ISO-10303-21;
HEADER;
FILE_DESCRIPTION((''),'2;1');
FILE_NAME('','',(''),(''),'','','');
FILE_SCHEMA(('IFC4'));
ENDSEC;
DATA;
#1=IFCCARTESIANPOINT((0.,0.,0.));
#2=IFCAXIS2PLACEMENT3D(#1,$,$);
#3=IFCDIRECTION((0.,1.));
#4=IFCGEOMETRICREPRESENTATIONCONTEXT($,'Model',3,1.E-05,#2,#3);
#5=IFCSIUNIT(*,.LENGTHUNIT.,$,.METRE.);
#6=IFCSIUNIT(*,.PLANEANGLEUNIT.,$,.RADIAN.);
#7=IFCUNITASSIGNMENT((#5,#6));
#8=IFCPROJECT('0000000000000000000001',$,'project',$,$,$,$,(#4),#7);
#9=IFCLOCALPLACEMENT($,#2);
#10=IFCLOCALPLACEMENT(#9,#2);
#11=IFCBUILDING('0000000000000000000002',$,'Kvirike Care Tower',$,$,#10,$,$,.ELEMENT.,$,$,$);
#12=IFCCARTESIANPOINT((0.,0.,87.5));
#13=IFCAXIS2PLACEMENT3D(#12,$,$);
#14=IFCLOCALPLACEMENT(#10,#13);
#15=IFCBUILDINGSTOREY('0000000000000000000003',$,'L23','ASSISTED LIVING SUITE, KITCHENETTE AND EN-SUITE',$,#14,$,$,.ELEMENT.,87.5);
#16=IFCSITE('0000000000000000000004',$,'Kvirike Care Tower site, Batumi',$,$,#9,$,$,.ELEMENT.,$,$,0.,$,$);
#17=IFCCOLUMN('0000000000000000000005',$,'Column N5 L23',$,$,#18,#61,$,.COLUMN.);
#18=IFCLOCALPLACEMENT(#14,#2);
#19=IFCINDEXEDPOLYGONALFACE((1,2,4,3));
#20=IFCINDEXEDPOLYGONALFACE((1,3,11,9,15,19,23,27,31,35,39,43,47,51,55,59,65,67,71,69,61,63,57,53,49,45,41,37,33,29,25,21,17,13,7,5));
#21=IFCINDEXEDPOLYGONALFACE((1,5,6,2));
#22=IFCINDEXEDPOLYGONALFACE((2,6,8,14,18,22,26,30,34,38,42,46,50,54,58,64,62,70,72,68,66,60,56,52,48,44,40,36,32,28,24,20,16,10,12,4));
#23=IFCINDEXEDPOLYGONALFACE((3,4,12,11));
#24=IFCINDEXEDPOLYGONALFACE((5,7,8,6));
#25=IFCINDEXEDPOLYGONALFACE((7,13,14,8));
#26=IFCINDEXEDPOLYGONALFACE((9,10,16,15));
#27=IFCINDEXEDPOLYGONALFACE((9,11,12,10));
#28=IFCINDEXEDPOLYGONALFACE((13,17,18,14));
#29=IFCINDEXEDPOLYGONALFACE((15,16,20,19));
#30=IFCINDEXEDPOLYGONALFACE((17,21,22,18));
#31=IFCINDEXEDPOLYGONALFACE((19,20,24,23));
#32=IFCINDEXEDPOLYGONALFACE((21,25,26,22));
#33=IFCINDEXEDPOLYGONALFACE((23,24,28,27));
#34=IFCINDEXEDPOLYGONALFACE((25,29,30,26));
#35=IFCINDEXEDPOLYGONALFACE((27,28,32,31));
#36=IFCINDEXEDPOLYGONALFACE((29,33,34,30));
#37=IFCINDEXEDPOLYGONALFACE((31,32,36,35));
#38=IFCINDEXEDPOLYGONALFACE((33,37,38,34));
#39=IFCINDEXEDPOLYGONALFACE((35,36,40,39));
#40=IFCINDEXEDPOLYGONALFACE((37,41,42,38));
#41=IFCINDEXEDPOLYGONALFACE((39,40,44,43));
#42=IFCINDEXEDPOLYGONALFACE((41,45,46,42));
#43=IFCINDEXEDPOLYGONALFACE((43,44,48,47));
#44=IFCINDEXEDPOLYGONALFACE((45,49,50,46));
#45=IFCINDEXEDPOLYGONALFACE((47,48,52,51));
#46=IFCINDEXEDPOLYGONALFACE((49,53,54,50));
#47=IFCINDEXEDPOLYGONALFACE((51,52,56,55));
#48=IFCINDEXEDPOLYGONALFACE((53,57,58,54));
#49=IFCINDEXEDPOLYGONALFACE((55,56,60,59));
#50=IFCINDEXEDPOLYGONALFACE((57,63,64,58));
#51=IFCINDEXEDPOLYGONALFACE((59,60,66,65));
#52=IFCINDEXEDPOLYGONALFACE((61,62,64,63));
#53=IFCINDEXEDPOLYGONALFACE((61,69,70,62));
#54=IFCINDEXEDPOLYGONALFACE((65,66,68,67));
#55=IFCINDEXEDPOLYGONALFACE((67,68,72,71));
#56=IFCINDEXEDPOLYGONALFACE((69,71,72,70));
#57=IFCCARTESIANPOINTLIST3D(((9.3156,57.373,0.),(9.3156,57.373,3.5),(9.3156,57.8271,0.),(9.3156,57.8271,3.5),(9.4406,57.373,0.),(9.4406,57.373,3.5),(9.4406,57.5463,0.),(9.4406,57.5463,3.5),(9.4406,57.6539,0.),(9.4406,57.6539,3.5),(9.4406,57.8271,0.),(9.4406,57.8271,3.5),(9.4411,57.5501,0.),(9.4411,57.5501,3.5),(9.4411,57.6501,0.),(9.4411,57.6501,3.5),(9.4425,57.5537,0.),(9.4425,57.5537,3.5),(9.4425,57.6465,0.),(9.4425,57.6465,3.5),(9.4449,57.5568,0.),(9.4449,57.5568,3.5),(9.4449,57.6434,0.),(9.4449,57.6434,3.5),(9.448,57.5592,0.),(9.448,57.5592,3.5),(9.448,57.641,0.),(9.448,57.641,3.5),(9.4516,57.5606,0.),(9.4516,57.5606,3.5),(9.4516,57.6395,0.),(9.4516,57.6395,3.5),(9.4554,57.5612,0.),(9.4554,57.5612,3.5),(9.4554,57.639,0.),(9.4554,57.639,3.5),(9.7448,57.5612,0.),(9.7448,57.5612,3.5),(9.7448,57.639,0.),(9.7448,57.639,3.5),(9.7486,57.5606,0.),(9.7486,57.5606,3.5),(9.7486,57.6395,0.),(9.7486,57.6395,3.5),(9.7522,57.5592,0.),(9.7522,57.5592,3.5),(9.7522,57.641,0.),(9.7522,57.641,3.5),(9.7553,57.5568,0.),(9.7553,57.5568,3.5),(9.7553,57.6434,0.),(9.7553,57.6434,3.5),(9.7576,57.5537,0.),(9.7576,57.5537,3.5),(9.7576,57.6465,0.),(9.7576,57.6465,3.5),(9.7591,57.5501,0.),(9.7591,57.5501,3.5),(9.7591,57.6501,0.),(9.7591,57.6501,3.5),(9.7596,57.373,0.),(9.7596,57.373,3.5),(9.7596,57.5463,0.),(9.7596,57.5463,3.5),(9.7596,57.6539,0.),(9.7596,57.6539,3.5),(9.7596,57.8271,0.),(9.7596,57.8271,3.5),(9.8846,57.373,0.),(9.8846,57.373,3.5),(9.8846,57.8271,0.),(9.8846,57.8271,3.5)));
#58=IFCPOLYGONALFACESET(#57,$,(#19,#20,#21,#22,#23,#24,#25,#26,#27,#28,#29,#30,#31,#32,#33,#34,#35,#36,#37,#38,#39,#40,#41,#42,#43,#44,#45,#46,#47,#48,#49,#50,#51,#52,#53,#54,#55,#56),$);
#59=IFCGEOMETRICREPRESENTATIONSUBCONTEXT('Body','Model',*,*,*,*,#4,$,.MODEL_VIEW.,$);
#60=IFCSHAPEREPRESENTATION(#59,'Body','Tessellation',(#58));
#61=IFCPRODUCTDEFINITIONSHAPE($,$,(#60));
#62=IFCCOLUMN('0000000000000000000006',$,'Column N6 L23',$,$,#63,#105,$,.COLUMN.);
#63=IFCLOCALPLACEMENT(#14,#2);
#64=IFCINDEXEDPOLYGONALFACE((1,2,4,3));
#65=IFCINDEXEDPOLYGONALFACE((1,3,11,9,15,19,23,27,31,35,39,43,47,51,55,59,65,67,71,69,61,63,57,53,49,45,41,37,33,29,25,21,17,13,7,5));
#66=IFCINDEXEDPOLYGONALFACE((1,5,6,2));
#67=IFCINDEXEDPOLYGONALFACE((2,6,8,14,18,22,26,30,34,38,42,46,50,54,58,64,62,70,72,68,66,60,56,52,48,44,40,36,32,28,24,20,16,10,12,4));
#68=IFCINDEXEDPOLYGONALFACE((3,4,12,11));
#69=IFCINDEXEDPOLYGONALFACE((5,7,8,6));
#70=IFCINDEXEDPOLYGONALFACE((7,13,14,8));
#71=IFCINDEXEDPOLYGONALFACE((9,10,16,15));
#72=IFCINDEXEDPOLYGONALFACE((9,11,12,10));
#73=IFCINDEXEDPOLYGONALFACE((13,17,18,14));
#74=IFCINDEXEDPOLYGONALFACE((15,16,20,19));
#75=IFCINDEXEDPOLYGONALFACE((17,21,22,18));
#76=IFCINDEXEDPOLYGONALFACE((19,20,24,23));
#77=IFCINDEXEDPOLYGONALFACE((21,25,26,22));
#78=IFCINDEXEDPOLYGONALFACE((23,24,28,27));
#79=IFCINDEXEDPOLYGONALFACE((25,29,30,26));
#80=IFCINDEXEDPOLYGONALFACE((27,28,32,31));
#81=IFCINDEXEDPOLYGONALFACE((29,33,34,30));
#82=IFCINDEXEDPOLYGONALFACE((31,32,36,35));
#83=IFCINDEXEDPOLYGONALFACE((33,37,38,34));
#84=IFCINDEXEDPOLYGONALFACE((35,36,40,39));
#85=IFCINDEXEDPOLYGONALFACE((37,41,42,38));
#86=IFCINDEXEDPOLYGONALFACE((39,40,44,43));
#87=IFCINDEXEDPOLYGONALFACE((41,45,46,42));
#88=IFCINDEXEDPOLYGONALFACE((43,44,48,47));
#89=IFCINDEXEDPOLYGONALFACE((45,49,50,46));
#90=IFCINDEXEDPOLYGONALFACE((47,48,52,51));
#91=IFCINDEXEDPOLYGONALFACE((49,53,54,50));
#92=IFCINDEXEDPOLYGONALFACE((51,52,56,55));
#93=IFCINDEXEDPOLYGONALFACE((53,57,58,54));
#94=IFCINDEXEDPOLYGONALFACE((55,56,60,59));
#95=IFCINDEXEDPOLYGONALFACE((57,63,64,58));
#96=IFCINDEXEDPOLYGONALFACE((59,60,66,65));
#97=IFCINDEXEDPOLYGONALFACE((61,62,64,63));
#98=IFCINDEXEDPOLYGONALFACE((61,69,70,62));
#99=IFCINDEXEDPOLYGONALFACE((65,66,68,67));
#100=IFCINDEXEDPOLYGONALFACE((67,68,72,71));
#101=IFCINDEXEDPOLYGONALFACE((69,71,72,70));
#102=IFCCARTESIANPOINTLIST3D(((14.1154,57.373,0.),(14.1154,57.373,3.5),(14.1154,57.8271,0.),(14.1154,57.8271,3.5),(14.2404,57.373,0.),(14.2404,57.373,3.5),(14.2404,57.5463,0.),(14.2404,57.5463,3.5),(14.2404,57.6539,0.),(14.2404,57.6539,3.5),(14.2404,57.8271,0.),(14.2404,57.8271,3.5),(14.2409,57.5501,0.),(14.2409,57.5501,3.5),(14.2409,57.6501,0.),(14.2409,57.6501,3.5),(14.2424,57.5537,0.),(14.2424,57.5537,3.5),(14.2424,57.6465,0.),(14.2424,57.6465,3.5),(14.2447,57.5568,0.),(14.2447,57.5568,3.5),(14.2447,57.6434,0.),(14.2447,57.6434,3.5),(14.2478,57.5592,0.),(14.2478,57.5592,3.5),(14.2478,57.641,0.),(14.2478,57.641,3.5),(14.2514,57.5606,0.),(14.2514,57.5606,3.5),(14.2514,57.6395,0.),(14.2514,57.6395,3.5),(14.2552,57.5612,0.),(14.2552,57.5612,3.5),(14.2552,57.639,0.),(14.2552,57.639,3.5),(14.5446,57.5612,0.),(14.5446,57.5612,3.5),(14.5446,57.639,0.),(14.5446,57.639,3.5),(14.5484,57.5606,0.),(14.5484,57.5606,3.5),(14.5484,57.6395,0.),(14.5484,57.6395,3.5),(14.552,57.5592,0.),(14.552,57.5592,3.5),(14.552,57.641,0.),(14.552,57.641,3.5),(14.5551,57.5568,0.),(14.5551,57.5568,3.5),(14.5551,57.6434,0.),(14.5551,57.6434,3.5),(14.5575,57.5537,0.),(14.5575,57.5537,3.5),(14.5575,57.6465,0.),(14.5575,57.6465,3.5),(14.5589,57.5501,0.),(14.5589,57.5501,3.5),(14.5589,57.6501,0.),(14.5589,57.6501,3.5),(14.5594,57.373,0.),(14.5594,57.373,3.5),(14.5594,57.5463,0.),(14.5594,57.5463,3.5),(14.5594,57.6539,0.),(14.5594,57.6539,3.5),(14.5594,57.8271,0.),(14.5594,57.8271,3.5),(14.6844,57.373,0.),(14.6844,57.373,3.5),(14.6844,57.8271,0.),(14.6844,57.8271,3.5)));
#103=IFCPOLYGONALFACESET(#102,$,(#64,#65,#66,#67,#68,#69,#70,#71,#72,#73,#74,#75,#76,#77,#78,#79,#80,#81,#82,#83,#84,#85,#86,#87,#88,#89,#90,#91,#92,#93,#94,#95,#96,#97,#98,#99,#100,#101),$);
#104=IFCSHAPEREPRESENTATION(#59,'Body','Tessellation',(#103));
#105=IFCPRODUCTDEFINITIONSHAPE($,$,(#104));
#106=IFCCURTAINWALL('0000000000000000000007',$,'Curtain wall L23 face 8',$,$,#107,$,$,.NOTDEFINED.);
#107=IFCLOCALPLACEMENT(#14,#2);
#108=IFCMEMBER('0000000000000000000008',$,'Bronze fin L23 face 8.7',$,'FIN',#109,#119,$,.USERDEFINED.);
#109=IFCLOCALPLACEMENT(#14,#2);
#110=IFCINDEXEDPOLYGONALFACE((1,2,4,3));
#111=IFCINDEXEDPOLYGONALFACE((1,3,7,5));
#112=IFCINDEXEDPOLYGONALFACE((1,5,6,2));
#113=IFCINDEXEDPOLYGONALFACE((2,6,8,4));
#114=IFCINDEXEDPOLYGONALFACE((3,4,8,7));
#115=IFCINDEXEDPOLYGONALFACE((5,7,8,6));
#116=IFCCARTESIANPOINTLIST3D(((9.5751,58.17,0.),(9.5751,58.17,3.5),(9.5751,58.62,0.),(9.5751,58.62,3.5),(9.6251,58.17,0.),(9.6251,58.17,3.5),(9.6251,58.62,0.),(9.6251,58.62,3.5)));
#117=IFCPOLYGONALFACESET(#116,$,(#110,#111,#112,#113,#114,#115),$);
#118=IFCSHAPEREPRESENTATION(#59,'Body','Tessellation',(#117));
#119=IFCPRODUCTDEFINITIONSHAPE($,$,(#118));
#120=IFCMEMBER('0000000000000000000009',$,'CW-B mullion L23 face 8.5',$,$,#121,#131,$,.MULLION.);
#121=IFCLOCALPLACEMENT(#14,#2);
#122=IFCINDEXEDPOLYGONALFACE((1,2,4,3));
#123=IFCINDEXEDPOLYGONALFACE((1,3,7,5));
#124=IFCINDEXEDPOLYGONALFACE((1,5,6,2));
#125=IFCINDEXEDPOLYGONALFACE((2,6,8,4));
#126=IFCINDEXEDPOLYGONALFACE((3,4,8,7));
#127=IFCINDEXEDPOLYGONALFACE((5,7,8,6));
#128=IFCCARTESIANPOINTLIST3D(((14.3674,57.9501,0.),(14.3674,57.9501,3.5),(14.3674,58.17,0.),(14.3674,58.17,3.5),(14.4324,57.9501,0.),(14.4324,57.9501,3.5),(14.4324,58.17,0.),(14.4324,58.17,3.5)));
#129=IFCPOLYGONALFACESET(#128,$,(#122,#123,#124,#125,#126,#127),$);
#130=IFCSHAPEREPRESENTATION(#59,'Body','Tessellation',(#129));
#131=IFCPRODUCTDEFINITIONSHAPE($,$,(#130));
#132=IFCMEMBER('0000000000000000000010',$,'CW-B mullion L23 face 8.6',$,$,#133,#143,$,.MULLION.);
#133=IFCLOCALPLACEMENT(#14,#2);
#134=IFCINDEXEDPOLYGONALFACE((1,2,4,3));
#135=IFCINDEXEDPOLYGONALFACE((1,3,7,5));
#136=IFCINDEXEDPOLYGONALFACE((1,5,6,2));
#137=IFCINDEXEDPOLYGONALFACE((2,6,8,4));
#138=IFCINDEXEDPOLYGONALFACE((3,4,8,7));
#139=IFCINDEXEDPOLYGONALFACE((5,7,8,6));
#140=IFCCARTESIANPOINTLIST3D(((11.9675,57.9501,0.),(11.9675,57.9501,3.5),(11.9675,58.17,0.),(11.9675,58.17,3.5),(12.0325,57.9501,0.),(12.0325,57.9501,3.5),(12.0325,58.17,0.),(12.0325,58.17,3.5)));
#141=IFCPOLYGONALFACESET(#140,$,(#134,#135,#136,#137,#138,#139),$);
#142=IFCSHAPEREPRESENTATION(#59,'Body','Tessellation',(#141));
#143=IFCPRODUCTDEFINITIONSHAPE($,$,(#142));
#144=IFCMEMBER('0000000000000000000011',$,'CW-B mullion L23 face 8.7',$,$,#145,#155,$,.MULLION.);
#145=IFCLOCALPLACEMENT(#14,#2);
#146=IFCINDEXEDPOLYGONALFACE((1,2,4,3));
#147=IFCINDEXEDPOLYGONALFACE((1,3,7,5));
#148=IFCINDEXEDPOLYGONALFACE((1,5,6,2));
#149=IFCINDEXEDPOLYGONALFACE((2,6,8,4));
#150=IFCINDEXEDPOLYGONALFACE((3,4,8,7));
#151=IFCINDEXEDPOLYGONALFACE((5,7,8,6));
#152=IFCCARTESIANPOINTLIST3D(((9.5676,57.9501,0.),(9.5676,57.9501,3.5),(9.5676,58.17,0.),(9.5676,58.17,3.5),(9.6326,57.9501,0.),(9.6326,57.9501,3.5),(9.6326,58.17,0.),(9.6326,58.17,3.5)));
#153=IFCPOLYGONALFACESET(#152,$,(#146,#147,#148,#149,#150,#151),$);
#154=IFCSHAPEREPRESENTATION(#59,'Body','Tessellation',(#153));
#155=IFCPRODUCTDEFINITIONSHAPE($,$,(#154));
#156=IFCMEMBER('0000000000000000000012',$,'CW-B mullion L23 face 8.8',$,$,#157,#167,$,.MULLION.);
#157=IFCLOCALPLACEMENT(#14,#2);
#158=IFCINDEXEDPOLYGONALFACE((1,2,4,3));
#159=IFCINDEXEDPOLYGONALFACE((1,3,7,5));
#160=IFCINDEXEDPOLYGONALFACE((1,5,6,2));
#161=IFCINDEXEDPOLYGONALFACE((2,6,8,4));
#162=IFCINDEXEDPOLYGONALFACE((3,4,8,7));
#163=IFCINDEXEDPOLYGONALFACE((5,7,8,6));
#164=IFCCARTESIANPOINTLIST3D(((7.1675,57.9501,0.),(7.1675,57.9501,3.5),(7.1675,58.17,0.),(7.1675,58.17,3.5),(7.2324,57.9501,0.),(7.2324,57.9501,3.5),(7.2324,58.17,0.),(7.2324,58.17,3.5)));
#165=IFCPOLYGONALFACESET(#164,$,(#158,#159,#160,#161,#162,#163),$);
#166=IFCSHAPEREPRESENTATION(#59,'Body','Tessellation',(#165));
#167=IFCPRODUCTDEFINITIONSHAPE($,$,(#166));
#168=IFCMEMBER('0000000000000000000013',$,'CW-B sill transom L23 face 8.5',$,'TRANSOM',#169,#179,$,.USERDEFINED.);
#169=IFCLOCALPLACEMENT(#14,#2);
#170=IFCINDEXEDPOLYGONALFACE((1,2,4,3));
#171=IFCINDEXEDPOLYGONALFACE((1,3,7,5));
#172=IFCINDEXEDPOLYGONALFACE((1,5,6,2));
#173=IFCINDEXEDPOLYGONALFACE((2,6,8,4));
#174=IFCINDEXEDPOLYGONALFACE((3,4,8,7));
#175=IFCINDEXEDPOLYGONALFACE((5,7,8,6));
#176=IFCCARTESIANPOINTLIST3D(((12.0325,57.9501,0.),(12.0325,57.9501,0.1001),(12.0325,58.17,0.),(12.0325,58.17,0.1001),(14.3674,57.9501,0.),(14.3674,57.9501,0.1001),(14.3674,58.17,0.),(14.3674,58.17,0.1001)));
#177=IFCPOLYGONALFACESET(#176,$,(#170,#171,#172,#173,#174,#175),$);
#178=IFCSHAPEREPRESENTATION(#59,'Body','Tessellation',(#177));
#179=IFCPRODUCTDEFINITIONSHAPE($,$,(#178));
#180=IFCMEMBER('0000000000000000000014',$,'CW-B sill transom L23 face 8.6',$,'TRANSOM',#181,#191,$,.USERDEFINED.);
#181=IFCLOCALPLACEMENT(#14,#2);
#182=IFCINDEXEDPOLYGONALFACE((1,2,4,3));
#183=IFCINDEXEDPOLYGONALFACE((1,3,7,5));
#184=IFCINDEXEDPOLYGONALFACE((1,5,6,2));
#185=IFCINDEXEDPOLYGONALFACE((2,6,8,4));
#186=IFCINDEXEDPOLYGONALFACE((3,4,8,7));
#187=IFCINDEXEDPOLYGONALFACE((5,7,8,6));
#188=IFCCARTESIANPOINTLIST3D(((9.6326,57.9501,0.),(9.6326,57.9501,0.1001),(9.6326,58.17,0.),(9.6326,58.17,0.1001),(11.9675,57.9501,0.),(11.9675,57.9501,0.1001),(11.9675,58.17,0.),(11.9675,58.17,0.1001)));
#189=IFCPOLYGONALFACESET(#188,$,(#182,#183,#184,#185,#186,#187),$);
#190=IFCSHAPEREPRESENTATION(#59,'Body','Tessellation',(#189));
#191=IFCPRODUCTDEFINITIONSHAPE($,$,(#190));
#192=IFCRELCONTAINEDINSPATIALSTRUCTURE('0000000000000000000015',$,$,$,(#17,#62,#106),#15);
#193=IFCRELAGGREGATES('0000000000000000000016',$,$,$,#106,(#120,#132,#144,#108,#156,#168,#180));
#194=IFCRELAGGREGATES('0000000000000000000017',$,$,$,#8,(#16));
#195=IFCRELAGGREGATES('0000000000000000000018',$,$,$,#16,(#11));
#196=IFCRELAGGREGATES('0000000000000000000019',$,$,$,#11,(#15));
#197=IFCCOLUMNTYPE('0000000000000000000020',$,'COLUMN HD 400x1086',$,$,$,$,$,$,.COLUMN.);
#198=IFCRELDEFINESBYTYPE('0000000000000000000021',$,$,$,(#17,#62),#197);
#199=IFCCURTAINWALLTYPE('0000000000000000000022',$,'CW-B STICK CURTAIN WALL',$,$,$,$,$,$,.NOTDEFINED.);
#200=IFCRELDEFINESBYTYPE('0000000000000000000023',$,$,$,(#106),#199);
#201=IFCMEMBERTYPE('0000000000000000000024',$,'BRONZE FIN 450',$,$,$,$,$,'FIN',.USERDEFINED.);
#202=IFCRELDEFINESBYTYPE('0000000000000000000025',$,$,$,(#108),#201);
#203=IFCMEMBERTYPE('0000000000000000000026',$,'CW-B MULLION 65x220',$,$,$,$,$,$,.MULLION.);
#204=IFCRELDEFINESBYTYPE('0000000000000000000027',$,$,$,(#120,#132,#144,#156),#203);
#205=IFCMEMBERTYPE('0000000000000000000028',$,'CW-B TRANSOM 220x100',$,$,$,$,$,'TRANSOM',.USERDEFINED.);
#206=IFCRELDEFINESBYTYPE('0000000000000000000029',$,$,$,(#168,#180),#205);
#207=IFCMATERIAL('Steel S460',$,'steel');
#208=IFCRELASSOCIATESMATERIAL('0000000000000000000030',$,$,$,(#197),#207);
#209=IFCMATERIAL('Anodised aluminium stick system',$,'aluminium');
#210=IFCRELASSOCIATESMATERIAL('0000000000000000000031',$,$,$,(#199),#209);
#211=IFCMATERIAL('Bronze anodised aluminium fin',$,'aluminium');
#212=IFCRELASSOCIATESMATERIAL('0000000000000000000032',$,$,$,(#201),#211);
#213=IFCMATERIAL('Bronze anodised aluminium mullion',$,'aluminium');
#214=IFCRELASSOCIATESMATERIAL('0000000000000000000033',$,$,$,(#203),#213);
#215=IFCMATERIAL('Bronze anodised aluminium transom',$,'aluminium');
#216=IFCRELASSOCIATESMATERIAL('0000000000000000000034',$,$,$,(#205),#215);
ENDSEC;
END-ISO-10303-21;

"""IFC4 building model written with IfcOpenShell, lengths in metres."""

from ifc_helpers import new_model, si_unit, direction, frame, origin, origin_2d, place, context, subcontext, project, spatial, rectangle, i_section, extrude, material, material_profile, profile_set, type_object, element, aggregate, save


model = new_model("IFC4")

# Units and contexts
model_context = context("Model", 3, precision=1e-05, world=origin(), true_north=direction((0.0, 1.0)))
body_context = subcontext(model_context, "Body", "Model", "MODEL_VIEW")
ifc_project = project(units=[si_unit("LENGTHUNIT", "METRE"), si_unit("PLANEANGLEUNIT", "RADIAN")], contexts=[model_context])

# Site, building, storey
site_placement = place(None, origin())
site = spatial("IfcSite", under=ifc_project, at=site_placement, Name="Kvirike Care Tower site, Batumi", CompositionType="ELEMENT", RefElevation=0.0)
building_placement = place(site_placement, origin())
building = spatial("IfcBuilding", under=site, at=building_placement, Name="Kvirike Care Tower", CompositionType="ELEMENT")
storey_placement = place(building_placement, frame((0.0, 0.0, 87.5)))
storey = spatial("IfcBuildingStorey", under=building, at=storey_placement, Name="L23", Description="ASSISTED LIVING SUITE, KITCHENETTE AND EN-SUITE", CompositionType="ELEMENT", Elevation=87.5)

# Columns
ifc_material_1 = material(Name="Steel S460", Category="steel")
ifc_material_profile_1 = material_profile(ifc_material_1, i_section(OverallWidth=0.4541, OverallDepth=0.5691, WebThickness=0.0779, FlangeThickness=0.125, FilletRadius=0.0149, at=origin_2d()), Name="HD 400x1086")
ifc_profile_set_1 = profile_set([ifc_material_profile_1], Name="Steel S460")
column_type = type_object("IfcColumnType", Name="COLUMN HD 400x1086", PredefinedType="COLUMN", material=ifc_profile_set_1)
for number, where, z_axis, x_axis, name in (
    (1, (9.6001, 57.6001, 0.0), (0.0, 0.0, 1.0), (0.0, 1.0, 0.0), "Column N5 L23"),
    (2, (14.3999, 57.6001, 0.0), (0.0, 0.0, 1.0), (0.0, 1.0, 0.0), "Column N6 L23"),
):
    element("IfcColumn", number, at=place(storey_placement, frame(where, z_axis=z_axis, x_axis=x_axis)), inside=storey, type_object=column_type, Name=name, PredefinedType="COLUMN", context=body_context, shape_type="SweptSolid", body=[
        extrude(i_section(OverallWidth=0.4541, OverallDepth=0.5691, WebThickness=0.0779, FlangeThickness=0.125, FilletRadius=0.0149, at=origin_2d()), origin(), (0.0, 0.0, 1.0), 3.5),
    ])

# Curtain wall, members
ifc_material_2 = material(Name="Anodised aluminium stick system", Category="aluminium")
curtain_wall_type = type_object("IfcCurtainWallType", Name="CW-B STICK CURTAIN WALL", PredefinedType="NOTDEFINED", material=ifc_material_2)
curtain_wall_placement = place(storey_placement, origin())
curtain_wall = element("IfcCurtainWall", 3, at=curtain_wall_placement, inside=storey, type_object=curtain_wall_type, Name="Curtain wall L23 face 8", PredefinedType="NOTDEFINED")
ifc_material_3 = material(Name="Bronze anodised aluminium fin", Category="aluminium")
ifc_material_profile_2 = material_profile(ifc_material_3, rectangle(XDim=0.05, YDim=0.45, at=origin_2d()), Name="BRONZE FIN 450")
ifc_profile_set_2 = profile_set([ifc_material_profile_2], Name="Bronze anodised aluminium fin")
member_type_1 = type_object("IfcMemberType", Name="BRONZE FIN 450", ElementType="FIN", PredefinedType="USERDEFINED", material=ifc_profile_set_2)
member_1_placement = place(storey_placement, frame((9.6001, 58.395, 0.0), z_axis=(0.0, 0.0, 1.0), x_axis=(-1.0, 0.0, 0.0)))
member_1 = element("IfcMember", 4, at=member_1_placement, type_object=member_type_1, Name="Bronze fin L23 face 8.7", ObjectType="FIN", PredefinedType="USERDEFINED", context=body_context, shape_type="SweptSolid", body=[
    extrude(rectangle(XDim=0.05, YDim=0.45, at=origin_2d()), origin(), (0.0, 0.0, 1.0), 3.5),
])
ifc_material_4 = material(Name="Bronze anodised aluminium mullion", Category="aluminium")
ifc_material_profile_3 = material_profile(ifc_material_4, rectangle(XDim=0.0649, YDim=0.22, at=origin_2d()), Name="CW-B MULLION 65x220")
ifc_profile_set_3 = profile_set([ifc_material_profile_3], Name="Bronze anodised aluminium mullion")
member_type_2 = type_object("IfcMemberType", Name="CW-B MULLION 65x220", PredefinedType="MULLION", material=ifc_profile_set_3)
member_2_placement = place(storey_placement, frame((14.3999, 58.0601, 0.0), z_axis=(0.0, 0.0, 1.0), x_axis=(-1.0, 0.0, 0.0)))
member_2 = element("IfcMember", 5, at=member_2_placement, type_object=member_type_2, Name="CW-B mullion L23 face 8.5", PredefinedType="MULLION", context=body_context, shape_type="SweptSolid", body=[
    extrude(rectangle(XDim=0.0649, YDim=0.22, at=origin_2d()), origin(), (0.0, 0.0, 1.0), 3.5),
])
member_3_placement = place(storey_placement, frame((12.0, 58.0601, 0.0), z_axis=(0.0, 0.0, 1.0), x_axis=(-1.0, 0.0, 0.0)))
member_3 = element("IfcMember", 6, at=member_3_placement, type_object=member_type_2, Name="CW-B mullion L23 face 8.6", PredefinedType="MULLION", context=body_context, shape_type="SweptSolid", body=[
    extrude(rectangle(XDim=0.0649, YDim=0.22, at=origin_2d()), origin(), (0.0, 0.0, 1.0), 3.5),
])
member_4_placement = place(storey_placement, frame((9.6001, 58.0601, 0.0), z_axis=(0.0, 0.0, 1.0), x_axis=(-1.0, 0.0, 0.0)))
member_4 = element("IfcMember", 7, at=member_4_placement, type_object=member_type_2, Name="CW-B mullion L23 face 8.7", PredefinedType="MULLION", context=body_context, shape_type="SweptSolid", body=[
    extrude(rectangle(XDim=0.0649, YDim=0.22, at=origin_2d()), origin(), (0.0, 0.0, 1.0), 3.5),
])
member_5_placement = place(storey_placement, frame((7.2, 58.0601, 0.0), z_axis=(0.0, 0.0, 1.0), x_axis=(-1.0, 0.0, 0.0)))
member_5 = element("IfcMember", 8, at=member_5_placement, type_object=member_type_2, Name="CW-B mullion L23 face 8.8", PredefinedType="MULLION", context=body_context, shape_type="SweptSolid", body=[
    extrude(rectangle(XDim=0.0649, YDim=0.22, at=origin_2d()), origin(), (0.0, 0.0, 1.0), 3.5),
])
ifc_material_5 = material(Name="Bronze anodised aluminium transom", Category="aluminium")
ifc_material_profile_4 = material_profile(ifc_material_5, rectangle(XDim=0.22, YDim=0.1001, at=origin_2d()), Name="CW-B TRANSOM 220x100")
ifc_profile_set_4 = profile_set([ifc_material_profile_4], Name="Bronze anodised aluminium transom")
member_type_3 = type_object("IfcMemberType", Name="CW-B TRANSOM 220x100", ElementType="TRANSOM", PredefinedType="USERDEFINED", material=ifc_profile_set_4)
member_6_placement = place(storey_placement, frame((14.3674, 58.0601, 0.05), z_axis=(-1.0, 0.0, 0.0), x_axis=(0.0, -1.0, 0.0)))
member_6 = element("IfcMember", 9, at=member_6_placement, type_object=member_type_3, Name="CW-B sill transom L23 face 8.5", ObjectType="TRANSOM", PredefinedType="USERDEFINED", context=body_context, shape_type="SweptSolid", body=[
    extrude(rectangle(XDim=0.22, YDim=0.1001, at=origin_2d()), origin(), (0.0, 0.0, 1.0), 2.335),
])
member_7_placement = place(storey_placement, frame((11.9675, 58.0601, 0.05), z_axis=(-1.0, 0.0, 0.0), x_axis=(0.0, -1.0, 0.0)))
member_7 = element("IfcMember", 10, at=member_7_placement, type_object=member_type_3, Name="CW-B sill transom L23 face 8.6", ObjectType="TRANSOM", PredefinedType="USERDEFINED", context=body_context, shape_type="SweptSolid", body=[
    extrude(rectangle(XDim=0.22, YDim=0.1001, at=origin_2d()), origin(), (0.0, 0.0, 1.0), 2.335),
])

aggregate(curtain_wall, [member_2, member_3, member_4, member_1, member_5, member_6, member_7])

save(model, "model.ifc")
